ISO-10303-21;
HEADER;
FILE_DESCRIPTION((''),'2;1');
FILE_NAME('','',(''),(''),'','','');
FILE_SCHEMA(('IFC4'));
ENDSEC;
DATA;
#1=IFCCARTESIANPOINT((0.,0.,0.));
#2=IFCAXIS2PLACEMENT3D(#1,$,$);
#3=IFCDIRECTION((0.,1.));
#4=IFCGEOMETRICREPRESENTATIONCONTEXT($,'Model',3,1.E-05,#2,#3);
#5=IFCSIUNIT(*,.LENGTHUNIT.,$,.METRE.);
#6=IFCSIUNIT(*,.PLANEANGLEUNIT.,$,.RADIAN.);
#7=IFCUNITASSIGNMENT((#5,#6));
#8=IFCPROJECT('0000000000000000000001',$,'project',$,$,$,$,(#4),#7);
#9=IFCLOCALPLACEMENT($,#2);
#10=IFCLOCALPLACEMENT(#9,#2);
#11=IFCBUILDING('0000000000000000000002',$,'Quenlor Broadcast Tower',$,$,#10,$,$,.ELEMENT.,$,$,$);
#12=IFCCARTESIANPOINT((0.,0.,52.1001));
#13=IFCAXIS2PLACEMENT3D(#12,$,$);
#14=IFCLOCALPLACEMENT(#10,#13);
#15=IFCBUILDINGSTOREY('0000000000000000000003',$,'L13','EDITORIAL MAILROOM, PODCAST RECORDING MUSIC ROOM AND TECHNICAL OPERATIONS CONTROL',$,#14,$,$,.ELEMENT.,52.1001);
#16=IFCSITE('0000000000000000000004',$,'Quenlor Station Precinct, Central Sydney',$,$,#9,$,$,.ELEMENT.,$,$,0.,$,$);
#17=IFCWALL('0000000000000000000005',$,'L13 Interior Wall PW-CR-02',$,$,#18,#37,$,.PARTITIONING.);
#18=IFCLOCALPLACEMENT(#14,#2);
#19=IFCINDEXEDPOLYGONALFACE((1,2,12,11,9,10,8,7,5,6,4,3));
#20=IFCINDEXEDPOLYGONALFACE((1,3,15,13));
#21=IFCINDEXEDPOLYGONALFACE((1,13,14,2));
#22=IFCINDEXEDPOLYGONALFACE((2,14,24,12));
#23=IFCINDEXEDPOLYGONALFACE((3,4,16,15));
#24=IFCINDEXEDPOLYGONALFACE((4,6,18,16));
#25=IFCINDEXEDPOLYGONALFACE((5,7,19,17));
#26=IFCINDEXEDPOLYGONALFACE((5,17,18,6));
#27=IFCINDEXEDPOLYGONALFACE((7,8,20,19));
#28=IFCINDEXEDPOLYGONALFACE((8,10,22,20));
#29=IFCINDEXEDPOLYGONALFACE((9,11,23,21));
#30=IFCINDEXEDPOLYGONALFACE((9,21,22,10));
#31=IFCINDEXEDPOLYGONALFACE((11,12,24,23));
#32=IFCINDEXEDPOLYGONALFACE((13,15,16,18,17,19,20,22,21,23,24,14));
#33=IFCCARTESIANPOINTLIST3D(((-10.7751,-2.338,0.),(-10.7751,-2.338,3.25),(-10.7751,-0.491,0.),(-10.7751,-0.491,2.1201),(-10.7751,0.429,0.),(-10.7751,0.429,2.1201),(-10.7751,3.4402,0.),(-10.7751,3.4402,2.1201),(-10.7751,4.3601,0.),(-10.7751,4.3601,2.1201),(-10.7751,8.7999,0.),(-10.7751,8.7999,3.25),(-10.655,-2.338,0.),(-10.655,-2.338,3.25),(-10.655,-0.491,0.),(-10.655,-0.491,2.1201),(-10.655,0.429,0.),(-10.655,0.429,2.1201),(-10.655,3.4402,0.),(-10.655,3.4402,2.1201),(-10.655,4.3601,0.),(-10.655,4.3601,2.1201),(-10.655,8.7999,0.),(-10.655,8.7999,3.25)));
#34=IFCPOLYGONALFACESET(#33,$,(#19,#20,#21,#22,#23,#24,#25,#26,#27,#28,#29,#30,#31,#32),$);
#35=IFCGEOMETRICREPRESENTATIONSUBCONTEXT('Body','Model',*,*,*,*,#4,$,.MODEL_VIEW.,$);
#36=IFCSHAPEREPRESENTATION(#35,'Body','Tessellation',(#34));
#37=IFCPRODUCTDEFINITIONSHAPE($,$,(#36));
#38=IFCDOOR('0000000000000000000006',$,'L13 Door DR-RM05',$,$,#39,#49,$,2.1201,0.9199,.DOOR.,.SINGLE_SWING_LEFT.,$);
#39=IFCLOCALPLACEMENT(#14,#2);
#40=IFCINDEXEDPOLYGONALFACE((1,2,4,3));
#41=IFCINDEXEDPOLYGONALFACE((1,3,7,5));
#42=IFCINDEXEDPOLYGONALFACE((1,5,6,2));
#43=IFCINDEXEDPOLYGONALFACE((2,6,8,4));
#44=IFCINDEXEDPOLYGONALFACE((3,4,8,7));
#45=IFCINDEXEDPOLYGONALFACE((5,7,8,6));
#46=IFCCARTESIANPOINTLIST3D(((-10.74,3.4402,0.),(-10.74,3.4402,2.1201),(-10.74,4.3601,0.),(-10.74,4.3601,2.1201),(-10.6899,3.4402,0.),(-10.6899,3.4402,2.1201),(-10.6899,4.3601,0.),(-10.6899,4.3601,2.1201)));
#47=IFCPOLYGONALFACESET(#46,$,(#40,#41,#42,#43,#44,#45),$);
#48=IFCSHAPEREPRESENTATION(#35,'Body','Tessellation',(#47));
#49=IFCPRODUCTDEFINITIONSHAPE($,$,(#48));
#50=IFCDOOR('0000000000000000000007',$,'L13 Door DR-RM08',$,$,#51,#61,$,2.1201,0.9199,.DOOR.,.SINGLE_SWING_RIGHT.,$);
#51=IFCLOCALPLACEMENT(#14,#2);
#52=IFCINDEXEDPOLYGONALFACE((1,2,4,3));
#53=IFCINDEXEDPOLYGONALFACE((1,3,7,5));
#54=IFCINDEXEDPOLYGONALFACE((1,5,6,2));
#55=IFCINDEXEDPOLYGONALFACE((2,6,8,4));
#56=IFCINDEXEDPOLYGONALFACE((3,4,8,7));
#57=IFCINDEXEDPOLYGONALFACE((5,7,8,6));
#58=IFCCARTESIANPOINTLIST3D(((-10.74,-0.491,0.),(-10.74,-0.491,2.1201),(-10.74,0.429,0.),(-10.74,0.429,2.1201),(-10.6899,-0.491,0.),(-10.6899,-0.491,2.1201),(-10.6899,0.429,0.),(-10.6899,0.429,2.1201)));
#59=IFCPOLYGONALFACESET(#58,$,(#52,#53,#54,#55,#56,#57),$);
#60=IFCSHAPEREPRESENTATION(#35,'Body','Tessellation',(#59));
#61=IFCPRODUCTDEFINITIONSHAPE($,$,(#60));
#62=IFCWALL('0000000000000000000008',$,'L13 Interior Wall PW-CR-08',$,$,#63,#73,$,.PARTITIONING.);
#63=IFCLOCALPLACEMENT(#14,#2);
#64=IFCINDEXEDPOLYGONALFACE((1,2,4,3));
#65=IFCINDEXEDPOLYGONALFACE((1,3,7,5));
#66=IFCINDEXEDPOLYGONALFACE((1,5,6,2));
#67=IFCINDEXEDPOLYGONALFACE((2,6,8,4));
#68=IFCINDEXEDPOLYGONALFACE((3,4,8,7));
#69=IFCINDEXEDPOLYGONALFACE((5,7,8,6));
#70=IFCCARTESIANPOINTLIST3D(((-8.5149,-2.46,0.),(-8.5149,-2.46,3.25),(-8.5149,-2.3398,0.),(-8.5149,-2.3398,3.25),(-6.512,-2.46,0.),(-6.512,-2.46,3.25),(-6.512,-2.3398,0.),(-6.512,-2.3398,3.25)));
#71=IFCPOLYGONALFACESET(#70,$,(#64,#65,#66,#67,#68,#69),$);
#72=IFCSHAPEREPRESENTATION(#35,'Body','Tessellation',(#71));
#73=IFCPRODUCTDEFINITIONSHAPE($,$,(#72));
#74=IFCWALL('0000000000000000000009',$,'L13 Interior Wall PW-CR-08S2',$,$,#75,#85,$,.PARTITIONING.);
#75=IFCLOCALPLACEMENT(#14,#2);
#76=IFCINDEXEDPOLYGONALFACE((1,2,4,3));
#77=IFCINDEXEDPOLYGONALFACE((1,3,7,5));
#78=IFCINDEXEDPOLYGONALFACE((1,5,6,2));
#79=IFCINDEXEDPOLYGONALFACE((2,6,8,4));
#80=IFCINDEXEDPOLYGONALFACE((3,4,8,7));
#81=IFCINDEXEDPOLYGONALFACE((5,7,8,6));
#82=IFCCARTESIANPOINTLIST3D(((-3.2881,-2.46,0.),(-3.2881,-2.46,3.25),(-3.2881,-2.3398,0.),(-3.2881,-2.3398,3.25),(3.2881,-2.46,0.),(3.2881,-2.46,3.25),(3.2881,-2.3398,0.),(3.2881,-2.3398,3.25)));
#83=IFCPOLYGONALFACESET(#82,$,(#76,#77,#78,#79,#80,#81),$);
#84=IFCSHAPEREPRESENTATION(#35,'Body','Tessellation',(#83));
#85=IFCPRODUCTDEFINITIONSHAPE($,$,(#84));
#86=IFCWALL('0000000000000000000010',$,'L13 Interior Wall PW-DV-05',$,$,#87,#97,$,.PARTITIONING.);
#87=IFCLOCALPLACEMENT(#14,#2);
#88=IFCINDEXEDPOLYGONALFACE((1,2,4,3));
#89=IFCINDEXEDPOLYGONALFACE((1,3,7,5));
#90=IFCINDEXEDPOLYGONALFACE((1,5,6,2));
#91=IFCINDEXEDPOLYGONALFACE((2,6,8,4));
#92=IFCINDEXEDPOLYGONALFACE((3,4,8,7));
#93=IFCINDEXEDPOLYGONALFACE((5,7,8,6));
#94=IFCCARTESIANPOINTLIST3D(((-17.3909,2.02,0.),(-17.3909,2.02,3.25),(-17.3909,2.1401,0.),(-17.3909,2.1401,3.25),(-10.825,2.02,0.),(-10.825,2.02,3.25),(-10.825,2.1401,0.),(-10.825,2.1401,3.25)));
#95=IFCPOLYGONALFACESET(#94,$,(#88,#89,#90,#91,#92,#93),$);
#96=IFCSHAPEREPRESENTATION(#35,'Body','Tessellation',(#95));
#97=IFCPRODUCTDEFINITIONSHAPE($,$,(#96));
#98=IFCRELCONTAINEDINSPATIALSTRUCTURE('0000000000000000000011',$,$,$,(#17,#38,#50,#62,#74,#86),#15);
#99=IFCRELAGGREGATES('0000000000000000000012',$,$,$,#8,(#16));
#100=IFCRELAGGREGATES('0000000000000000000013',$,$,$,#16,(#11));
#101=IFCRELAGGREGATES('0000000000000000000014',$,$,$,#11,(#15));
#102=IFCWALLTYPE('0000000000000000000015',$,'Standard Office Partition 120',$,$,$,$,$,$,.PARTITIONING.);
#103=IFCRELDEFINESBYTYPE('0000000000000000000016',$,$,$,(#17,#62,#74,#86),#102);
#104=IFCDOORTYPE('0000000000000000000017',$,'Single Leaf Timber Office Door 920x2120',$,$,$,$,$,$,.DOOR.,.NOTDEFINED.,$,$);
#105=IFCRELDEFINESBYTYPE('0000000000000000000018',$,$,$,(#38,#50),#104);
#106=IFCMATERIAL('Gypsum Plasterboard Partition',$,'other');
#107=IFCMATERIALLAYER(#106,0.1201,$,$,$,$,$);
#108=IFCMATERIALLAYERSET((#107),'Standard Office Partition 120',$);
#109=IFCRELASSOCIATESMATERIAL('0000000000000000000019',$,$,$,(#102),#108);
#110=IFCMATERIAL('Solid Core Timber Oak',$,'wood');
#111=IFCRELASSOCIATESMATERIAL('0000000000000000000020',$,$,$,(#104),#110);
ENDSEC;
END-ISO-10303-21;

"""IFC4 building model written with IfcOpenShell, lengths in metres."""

from ifc_helpers import new_model, si_unit, direction, frame, frame_2d, origin, place, context, subcontext, project, spatial, rectangle, extrude, material, layer, layer_set, type_object, element, fill, save


model = new_model("IFC4")

# Units and contexts
model_context = context("Model", 3, precision=1e-05, world=origin(), true_north=direction((0.0, 1.0)))
body_context = subcontext(model_context, "Body", "Model", "MODEL_VIEW")
ifc_project = project(units=[si_unit("LENGTHUNIT", "METRE"), si_unit("PLANEANGLEUNIT", "RADIAN")], contexts=[model_context])

# Site, building, storey
site_placement = place(None, origin())
site = spatial("IfcSite", under=ifc_project, at=site_placement, Name="Quenlor Station Precinct, Central Sydney", CompositionType="ELEMENT", RefElevation=0.0)
building_placement = place(site_placement, origin())
building = spatial("IfcBuilding", under=site, at=building_placement, Name="Quenlor Broadcast Tower", CompositionType="ELEMENT")
storey_placement = place(building_placement, frame((0.0, 0.0, 52.1001)))
storey = spatial("IfcBuildingStorey", under=building, at=storey_placement, Name="L13", Description="EDITORIAL MAILROOM, PODCAST RECORDING MUSIC ROOM AND TECHNICAL OPERATIONS CONTROL", CompositionType="ELEMENT", Elevation=52.1001)

# Shared definitions
ifc_material_1 = material(Name="Gypsum Plasterboard Partition", Category="other")
ifc_layer = layer(ifc_material_1, 0.1201)
ifc_layer_set = layer_set([ifc_layer], Name="Standard Office Partition 120")
wall_type = type_object("IfcWallType", Name="Standard Office Partition 120", PredefinedType="PARTITIONING", material=ifc_layer_set)

# Wall, openings, doors
wall_1_placement = place(storey_placement, frame((-10.7151, -2.3379, 0.0), z_axis=(0.0, 0.0, 1.0), x_axis=(0.0, 1.0, 0.0)))
wall_1 = element("IfcWall", 1, at=wall_1_placement, inside=storey, type_object=wall_type, Name="L13 Interior Wall PW-CR-02", PredefinedType="PARTITIONING", context=body_context, shape_type="SweptSolid", body=[
    extrude(rectangle(XDim=11.1379, YDim=0.1201, at=frame_2d((5.5688, 0.0))), origin(), (0.0, 0.0, 1.0), 3.25),
])
opening_1_placement = place(wall_1_placement, frame((5.7781, 0.0, 0.0)))
opening_1 = element("IfcOpeningElement", 2, at=opening_1_placement, cuts=wall_1, PredefinedType="OPENING", context=body_context, shape_type="SweptSolid", body=[
    extrude(rectangle(XDim=0.9199, YDim=2.1201, at=frame_2d((0.46, 1.0601))), frame((0.0, 0.0701, 0.0), z_axis=(0.0, -1.0, 0.0), x_axis=(1.0, 0.0, 0.0)), (0.0, 0.0, 1.0), 0.1401),
])
opening_2_placement = place(wall_1_placement, frame((1.8469, 0.0, 0.0)))
opening_2 = element("IfcOpeningElement", 3, at=opening_2_placement, cuts=wall_1, PredefinedType="OPENING", context=body_context, shape_type="SweptSolid", body=[
    extrude(rectangle(XDim=0.9199, YDim=2.1201, at=frame_2d((0.46, 1.0601))), frame((0.0, 0.0701, 0.0), z_axis=(0.0, -1.0, 0.0), x_axis=(1.0, 0.0, 0.0)), (0.0, 0.0, 1.0), 0.1401),
])
ifc_material_2 = material(Name="Solid Core Timber Oak", Category="wood")
door_type_1 = type_object("IfcDoorType", Name="Single Leaf Timber Office Door 920x2120", OperationType="NOTDEFINED", PredefinedType="DOOR", material=ifc_material_2)
door_1_placement = place(opening_1_placement, origin())
door_1 = element("IfcDoor", 4, at=door_1_placement, inside=storey, type_object=door_type_1, Name="L13 Door DR-RM05", OperationType="SINGLE_SWING_LEFT", OverallHeight=2.1201, OverallWidth=0.9199, PredefinedType="DOOR", context=body_context, shape_type="SweptSolid", body=[
    extrude(rectangle(XDim=0.9199, YDim=2.1201, at=frame_2d((0.46, 1.0601))), frame((0.0, 0.0249, 0.0), z_axis=(0.0, -1.0, 0.0), x_axis=(1.0, 0.0, 0.0)), (0.0, 0.0, 1.0), 0.05),
])
fill(opening_1, door_1)
door_2_placement = place(opening_2_placement, origin())
door_2 = element("IfcDoor", 5, at=door_2_placement, inside=storey, type_object=door_type_1, Name="L13 Door DR-RM08", OperationType="SINGLE_SWING_RIGHT", OverallHeight=2.1201, OverallWidth=0.9199, PredefinedType="DOOR", context=body_context, shape_type="SweptSolid", body=[
    extrude(rectangle(XDim=0.9199, YDim=2.1201, at=frame_2d((0.46, 1.0601))), frame((0.0, 0.0249, 0.0), z_axis=(0.0, -1.0, 0.0), x_axis=(1.0, 0.0, 0.0)), (0.0, 0.0, 1.0), 0.05),
])
fill(opening_2, door_2)

# Walls
wall_2_placement = place(storey_placement, frame((-8.5149, -2.3999, 0.0), z_axis=(0.0, 0.0, 1.0), x_axis=(1.0, 0.0, 0.0)))
element("IfcWall", 6, at=wall_2_placement, inside=storey, type_object=wall_type, Name="L13 Interior Wall PW-CR-08", PredefinedType="PARTITIONING", context=body_context, shape_type="SweptSolid", body=[
    extrude(rectangle(XDim=2.0029, YDim=0.1201, at=frame_2d((1.0015, 0.0))), origin(), (0.0, 0.0, 1.0), 3.25),
])
wall_3_placement = place(storey_placement, frame((-3.2881, -2.3999, 0.0), z_axis=(0.0, 0.0, 1.0), x_axis=(1.0, 0.0, 0.0)))
element("IfcWall", 7, at=wall_3_placement, inside=storey, type_object=wall_type, Name="L13 Interior Wall PW-CR-08S2", PredefinedType="PARTITIONING", context=body_context, shape_type="SweptSolid", body=[
    extrude(rectangle(XDim=6.5762, YDim=0.1201, at=frame_2d((3.2881, 0.0))), origin(), (0.0, 0.0, 1.0), 3.25),
])
wall_4_placement = place(storey_placement, frame((-10.825, 2.0801, 0.0), z_axis=(0.0, 0.0, 1.0), x_axis=(-1.0, 0.0, 0.0)))
element("IfcWall", 8, at=wall_4_placement, inside=storey, type_object=wall_type, Name="L13 Interior Wall PW-DV-05", PredefinedType="PARTITIONING", context=body_context, shape_type="SweptSolid", body=[
    extrude(rectangle(XDim=6.5659, YDim=0.1201, at=frame_2d((3.283, 0.0))), origin(), (0.0, 0.0, 1.0), 3.25),
])

save(model, "model.ifc")
